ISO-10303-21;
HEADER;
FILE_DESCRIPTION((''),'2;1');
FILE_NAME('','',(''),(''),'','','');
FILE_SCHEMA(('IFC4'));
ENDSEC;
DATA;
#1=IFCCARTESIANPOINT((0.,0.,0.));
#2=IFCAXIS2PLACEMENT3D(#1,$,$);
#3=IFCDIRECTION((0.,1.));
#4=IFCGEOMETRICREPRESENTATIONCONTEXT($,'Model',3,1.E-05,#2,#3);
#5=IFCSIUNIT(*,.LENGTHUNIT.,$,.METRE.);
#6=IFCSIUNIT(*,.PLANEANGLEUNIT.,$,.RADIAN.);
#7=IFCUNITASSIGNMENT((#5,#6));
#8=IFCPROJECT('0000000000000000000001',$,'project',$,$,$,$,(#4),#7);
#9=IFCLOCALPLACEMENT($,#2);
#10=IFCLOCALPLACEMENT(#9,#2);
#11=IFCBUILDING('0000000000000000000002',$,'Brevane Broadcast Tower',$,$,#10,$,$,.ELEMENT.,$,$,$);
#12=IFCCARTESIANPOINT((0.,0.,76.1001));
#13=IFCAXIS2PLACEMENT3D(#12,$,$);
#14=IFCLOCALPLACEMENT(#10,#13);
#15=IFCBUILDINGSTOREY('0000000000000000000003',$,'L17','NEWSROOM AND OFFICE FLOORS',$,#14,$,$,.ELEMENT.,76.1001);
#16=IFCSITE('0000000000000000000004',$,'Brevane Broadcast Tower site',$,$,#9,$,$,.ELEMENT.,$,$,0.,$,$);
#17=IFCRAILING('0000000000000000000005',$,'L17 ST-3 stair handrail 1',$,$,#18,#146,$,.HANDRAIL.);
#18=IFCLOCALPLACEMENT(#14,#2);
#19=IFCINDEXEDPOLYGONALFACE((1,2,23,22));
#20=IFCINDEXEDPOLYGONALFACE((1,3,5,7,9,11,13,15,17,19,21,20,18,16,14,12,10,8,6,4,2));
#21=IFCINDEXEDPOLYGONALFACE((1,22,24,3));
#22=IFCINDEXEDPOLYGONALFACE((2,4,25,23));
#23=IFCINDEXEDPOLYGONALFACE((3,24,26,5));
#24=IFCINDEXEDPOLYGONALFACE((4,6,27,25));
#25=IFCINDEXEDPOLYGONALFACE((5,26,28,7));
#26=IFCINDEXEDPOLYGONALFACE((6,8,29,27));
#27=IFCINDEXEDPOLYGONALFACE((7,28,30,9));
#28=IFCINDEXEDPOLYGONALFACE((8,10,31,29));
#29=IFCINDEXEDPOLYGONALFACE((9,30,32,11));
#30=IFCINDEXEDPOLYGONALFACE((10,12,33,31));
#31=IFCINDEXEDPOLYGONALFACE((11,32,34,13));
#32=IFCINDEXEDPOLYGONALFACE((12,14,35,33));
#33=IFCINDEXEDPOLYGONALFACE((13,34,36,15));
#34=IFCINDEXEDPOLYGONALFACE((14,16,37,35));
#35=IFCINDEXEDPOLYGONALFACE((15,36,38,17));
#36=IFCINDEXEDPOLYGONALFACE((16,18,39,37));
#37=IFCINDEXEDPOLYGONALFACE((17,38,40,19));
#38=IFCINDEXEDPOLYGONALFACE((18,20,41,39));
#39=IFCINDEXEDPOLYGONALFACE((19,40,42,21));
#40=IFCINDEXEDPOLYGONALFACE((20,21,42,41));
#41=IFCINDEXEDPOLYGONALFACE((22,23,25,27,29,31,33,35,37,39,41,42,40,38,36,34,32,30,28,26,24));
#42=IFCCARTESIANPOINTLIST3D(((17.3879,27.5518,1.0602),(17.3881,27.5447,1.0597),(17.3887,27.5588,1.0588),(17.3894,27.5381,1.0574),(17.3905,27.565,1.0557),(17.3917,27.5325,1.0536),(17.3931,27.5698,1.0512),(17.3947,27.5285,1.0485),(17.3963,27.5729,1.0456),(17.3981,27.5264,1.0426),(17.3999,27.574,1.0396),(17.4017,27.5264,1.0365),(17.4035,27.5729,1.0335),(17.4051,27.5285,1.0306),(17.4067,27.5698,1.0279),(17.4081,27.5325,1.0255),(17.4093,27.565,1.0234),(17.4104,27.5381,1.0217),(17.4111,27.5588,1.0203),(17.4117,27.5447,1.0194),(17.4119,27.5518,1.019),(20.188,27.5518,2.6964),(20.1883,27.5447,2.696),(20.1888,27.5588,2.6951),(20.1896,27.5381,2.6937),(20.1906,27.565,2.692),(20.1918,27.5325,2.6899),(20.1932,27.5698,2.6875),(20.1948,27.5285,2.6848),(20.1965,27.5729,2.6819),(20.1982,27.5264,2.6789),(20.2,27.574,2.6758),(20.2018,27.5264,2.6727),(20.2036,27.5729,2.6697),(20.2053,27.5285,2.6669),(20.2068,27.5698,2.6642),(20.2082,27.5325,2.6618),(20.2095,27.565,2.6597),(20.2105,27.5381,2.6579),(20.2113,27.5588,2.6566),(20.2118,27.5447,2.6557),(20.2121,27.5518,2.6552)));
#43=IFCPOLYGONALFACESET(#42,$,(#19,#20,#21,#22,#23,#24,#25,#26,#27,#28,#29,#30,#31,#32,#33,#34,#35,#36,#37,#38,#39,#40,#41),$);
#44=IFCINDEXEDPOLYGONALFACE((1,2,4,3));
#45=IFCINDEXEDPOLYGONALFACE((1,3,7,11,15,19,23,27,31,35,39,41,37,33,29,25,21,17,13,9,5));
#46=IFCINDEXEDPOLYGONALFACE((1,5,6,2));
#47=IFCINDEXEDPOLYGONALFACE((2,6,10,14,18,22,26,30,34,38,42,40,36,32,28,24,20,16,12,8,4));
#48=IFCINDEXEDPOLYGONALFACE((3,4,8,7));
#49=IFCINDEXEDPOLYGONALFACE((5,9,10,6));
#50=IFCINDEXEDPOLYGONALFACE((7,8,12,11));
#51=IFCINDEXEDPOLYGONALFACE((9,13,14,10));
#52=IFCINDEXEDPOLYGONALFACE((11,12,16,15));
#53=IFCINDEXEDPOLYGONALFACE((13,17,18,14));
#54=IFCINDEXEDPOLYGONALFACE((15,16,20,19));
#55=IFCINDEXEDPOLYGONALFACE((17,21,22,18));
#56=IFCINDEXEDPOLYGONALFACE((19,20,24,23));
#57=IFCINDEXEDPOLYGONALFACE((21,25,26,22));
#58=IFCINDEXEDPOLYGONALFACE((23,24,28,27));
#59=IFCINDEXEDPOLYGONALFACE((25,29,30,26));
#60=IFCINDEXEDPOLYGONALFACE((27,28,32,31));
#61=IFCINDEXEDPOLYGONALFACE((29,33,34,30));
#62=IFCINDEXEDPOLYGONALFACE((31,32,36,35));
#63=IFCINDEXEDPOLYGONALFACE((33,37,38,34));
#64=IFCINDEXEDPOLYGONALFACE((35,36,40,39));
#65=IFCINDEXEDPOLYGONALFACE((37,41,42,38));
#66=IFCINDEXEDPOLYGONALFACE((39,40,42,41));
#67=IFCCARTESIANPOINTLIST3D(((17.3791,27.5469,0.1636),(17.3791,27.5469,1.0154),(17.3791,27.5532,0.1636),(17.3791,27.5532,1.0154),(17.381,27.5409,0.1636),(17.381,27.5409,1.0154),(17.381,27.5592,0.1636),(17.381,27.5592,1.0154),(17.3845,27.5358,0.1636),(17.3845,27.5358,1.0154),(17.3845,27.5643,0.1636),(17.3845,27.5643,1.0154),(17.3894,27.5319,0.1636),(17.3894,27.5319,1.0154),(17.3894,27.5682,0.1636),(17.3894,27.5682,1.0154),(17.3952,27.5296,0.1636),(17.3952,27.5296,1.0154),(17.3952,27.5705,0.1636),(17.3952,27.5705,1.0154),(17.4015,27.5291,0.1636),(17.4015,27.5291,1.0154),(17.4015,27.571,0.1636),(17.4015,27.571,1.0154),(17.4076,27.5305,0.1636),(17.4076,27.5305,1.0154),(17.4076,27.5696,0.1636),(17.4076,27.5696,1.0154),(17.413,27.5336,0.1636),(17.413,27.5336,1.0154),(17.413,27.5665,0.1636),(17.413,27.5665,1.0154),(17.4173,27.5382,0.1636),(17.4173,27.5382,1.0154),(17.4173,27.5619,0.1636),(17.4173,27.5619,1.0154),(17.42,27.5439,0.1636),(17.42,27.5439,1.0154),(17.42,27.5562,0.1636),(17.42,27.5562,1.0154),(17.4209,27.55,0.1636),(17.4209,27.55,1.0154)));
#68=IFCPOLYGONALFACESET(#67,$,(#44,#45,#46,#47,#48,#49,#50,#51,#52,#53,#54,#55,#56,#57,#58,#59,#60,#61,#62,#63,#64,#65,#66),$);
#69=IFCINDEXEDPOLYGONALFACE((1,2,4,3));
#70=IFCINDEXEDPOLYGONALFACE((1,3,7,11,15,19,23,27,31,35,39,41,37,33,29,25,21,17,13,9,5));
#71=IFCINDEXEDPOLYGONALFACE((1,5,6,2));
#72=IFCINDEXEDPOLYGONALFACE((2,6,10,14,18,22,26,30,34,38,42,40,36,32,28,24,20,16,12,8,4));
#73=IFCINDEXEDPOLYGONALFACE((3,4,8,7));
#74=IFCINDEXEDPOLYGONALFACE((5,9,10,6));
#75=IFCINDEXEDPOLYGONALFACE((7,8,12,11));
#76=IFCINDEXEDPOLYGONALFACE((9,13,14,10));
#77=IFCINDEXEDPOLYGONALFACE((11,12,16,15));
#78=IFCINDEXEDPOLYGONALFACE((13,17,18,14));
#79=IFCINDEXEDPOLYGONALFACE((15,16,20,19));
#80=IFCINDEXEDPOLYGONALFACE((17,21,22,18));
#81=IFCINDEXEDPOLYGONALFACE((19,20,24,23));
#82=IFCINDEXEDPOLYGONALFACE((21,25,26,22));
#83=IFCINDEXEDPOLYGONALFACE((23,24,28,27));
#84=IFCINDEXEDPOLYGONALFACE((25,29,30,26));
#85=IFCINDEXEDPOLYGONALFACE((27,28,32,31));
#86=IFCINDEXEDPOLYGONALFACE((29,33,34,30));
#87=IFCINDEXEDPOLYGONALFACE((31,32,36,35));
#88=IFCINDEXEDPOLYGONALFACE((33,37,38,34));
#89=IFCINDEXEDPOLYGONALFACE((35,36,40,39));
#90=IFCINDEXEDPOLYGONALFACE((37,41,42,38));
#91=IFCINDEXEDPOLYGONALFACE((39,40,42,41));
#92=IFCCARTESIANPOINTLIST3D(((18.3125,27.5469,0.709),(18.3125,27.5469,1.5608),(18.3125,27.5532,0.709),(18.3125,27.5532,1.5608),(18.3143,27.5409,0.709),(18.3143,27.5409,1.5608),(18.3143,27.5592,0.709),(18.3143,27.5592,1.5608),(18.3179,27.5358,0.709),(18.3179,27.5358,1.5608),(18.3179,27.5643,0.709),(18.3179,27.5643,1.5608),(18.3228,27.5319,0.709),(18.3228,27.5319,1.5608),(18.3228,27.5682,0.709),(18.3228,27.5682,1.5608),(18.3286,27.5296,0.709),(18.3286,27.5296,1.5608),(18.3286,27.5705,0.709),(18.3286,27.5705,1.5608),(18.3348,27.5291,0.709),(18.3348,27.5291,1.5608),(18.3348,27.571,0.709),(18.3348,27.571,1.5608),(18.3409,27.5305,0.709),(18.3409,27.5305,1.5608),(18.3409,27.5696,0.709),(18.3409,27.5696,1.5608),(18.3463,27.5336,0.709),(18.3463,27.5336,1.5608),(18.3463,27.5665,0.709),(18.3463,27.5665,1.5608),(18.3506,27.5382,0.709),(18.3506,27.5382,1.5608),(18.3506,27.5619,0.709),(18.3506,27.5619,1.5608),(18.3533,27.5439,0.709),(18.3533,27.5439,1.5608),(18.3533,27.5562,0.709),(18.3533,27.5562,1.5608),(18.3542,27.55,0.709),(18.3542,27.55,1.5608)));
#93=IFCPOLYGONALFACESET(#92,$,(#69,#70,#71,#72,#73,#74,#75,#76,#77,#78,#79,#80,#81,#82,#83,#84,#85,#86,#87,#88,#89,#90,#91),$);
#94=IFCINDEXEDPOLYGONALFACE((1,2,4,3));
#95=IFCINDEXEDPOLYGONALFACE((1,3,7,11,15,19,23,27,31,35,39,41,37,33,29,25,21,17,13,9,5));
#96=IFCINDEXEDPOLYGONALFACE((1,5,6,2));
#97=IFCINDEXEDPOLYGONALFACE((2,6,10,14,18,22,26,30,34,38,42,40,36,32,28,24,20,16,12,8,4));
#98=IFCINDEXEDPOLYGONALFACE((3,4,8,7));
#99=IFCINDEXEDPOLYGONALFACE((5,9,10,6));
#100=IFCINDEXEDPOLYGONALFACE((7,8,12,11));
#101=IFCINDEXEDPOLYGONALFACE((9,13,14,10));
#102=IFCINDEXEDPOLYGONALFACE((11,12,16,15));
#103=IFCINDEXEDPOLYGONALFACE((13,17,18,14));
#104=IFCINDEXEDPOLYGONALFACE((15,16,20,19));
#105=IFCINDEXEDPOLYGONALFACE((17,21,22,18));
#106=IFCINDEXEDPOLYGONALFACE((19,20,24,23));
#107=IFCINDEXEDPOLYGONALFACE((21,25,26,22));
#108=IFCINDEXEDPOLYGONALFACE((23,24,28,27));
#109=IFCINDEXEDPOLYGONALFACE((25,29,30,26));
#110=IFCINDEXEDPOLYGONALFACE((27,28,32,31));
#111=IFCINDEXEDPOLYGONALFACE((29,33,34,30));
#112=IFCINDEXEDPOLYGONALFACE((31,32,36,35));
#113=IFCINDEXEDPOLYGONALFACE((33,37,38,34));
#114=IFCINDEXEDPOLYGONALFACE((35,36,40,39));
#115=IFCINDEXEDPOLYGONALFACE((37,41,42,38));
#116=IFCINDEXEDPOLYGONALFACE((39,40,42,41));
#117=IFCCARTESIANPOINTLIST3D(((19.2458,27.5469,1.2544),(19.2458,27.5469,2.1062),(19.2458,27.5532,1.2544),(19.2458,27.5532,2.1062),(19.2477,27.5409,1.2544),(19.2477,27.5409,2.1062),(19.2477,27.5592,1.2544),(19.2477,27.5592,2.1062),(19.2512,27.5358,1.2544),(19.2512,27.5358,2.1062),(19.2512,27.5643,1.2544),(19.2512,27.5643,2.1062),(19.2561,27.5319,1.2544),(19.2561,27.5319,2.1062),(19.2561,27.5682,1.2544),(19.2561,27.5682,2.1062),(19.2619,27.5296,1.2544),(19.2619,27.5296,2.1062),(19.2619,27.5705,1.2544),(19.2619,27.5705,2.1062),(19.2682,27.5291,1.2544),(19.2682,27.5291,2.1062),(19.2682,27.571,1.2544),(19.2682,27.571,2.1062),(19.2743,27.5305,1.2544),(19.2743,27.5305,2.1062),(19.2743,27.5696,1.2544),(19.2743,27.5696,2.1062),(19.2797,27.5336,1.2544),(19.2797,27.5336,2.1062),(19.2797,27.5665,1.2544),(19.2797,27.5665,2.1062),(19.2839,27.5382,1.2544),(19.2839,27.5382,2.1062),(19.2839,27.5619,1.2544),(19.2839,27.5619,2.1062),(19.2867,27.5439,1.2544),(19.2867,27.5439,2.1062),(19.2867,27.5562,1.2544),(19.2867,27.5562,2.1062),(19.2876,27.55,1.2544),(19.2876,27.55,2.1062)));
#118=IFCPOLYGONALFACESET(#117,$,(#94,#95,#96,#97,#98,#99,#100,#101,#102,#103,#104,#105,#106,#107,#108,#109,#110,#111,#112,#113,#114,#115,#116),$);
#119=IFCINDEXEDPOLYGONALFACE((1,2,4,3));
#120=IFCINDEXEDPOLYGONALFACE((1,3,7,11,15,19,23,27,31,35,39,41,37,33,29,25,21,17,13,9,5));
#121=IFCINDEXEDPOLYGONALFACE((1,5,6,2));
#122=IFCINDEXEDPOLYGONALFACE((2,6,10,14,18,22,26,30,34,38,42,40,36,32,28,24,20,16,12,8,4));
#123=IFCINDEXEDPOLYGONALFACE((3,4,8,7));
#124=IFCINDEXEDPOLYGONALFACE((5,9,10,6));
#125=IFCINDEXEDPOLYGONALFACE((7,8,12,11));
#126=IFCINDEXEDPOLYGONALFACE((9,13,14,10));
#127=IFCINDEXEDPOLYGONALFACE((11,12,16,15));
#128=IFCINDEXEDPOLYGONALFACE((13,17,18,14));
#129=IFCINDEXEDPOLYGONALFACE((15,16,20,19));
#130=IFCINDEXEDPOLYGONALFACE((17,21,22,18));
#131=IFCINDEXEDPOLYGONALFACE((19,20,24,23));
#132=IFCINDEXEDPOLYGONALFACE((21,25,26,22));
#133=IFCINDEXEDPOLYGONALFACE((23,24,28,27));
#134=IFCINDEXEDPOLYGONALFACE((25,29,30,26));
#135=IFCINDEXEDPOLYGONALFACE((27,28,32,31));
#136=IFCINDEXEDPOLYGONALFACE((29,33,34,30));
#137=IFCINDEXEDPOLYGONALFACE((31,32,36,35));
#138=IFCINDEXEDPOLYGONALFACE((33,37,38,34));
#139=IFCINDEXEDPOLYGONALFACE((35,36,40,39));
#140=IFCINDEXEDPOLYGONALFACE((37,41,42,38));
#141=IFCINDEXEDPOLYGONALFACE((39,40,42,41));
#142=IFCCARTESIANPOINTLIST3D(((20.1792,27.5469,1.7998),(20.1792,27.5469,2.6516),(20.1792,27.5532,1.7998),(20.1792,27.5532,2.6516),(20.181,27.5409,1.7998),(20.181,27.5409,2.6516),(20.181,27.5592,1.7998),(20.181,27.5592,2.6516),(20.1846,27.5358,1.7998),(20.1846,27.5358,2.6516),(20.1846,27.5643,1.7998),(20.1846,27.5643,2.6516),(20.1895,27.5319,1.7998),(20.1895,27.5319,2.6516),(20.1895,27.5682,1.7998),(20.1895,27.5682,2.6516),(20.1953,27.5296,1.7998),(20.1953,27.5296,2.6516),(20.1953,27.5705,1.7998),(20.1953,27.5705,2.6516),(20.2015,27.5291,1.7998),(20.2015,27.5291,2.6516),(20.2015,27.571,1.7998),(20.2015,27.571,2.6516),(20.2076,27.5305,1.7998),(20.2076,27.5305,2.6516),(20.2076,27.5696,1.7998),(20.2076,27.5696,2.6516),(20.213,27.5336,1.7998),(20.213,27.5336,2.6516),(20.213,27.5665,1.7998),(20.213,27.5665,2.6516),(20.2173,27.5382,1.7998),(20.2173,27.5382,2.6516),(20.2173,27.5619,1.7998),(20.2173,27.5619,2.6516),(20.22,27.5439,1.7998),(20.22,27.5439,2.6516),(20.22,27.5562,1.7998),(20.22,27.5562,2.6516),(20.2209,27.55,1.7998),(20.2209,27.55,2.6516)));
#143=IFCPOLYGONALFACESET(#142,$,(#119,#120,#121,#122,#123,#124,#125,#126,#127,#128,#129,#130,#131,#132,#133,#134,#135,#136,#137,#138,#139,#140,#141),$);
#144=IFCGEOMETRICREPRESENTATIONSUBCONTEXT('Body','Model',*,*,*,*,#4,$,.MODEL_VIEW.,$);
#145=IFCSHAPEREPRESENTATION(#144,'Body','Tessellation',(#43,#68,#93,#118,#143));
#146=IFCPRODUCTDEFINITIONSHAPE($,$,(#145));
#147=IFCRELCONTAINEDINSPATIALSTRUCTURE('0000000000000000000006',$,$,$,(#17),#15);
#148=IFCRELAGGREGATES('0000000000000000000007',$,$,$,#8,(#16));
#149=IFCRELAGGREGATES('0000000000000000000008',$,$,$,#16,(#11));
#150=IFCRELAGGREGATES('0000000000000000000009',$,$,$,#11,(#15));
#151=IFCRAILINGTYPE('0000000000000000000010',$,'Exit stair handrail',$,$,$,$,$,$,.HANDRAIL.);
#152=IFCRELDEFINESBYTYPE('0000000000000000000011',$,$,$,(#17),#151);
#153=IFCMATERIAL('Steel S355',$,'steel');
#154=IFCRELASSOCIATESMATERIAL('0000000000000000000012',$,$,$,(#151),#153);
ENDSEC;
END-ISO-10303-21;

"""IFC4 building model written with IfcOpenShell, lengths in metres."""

from ifc_helpers import new_model, si_unit, direction, frame, origin, origin_2d, place, context, subcontext, project, spatial, circle, extrude, material, type_object, element, save


model = new_model("IFC4")

# Units and contexts
model_context = context("Model", 3, precision=1e-05, world=origin(), true_north=direction((0.0, 1.0)))
body_context = subcontext(model_context, "Body", "Model", "MODEL_VIEW")
ifc_project = project(units=[si_unit("LENGTHUNIT", "METRE"), si_unit("PLANEANGLEUNIT", "RADIAN")], contexts=[model_context])

# Site, building, storey
site_placement = place(None, origin())
site = spatial("IfcSite", under=ifc_project, at=site_placement, Name="Brevane Broadcast Tower site", CompositionType="ELEMENT", RefElevation=0.0)
building_placement = place(site_placement, origin())
building = spatial("IfcBuilding", under=site, at=building_placement, Name="Brevane Broadcast Tower", CompositionType="ELEMENT")
storey_placement = place(building_placement, frame((0.0, 0.0, 76.1001)))
storey = spatial("IfcBuildingStorey", under=building, at=storey_placement, Name="L17", Description="NEWSROOM AND OFFICE FLOORS", CompositionType="ELEMENT", Elevation=76.1001)

# Railing
ifc_material_1 = material(Name="Steel S355", Category="steel")
railing_type_1 = type_object("IfcRailingType", Name="Exit stair handrail", PredefinedType="HANDRAIL", material=ifc_material_1)
railing_1_placement = place(storey_placement, frame((17.3999, 27.55, 0.1636)))
element("IfcRailing", 1, at=railing_1_placement, inside=storey, type_object=railing_type_1, Name="L17 ST-3 stair handrail 1", PredefinedType="HANDRAIL", context=body_context, shape_type="SweptSolid", body=[
    extrude(circle(Radius=0.0239, at=origin_2d()), frame((0.0, 0.0, 0.876), z_axis=(0.863394, 0.0, 0.504531), x_axis=(0.0, 1.0, 0.0)), (0.0, 0.0, 1.0), 3.2432),
    extrude(circle(Radius=0.021, at=origin_2d()), origin(), (0.0, 0.0, 1.0), 0.8518),
    extrude(circle(Radius=0.021, at=origin_2d()), frame((0.9333, 0.0, 0.5454)), (0.0, 0.0, 1.0), 0.8518),
    extrude(circle(Radius=0.021, at=origin_2d()), frame((1.8667, 0.0, 1.0908)), (0.0, 0.0, 1.0), 0.8518),
    extrude(circle(Radius=0.021, at=origin_2d()), frame((2.8, 0.0, 1.6362)), (0.0, 0.0, 1.0), 0.8518),
])

save(model, "model.ifc")
